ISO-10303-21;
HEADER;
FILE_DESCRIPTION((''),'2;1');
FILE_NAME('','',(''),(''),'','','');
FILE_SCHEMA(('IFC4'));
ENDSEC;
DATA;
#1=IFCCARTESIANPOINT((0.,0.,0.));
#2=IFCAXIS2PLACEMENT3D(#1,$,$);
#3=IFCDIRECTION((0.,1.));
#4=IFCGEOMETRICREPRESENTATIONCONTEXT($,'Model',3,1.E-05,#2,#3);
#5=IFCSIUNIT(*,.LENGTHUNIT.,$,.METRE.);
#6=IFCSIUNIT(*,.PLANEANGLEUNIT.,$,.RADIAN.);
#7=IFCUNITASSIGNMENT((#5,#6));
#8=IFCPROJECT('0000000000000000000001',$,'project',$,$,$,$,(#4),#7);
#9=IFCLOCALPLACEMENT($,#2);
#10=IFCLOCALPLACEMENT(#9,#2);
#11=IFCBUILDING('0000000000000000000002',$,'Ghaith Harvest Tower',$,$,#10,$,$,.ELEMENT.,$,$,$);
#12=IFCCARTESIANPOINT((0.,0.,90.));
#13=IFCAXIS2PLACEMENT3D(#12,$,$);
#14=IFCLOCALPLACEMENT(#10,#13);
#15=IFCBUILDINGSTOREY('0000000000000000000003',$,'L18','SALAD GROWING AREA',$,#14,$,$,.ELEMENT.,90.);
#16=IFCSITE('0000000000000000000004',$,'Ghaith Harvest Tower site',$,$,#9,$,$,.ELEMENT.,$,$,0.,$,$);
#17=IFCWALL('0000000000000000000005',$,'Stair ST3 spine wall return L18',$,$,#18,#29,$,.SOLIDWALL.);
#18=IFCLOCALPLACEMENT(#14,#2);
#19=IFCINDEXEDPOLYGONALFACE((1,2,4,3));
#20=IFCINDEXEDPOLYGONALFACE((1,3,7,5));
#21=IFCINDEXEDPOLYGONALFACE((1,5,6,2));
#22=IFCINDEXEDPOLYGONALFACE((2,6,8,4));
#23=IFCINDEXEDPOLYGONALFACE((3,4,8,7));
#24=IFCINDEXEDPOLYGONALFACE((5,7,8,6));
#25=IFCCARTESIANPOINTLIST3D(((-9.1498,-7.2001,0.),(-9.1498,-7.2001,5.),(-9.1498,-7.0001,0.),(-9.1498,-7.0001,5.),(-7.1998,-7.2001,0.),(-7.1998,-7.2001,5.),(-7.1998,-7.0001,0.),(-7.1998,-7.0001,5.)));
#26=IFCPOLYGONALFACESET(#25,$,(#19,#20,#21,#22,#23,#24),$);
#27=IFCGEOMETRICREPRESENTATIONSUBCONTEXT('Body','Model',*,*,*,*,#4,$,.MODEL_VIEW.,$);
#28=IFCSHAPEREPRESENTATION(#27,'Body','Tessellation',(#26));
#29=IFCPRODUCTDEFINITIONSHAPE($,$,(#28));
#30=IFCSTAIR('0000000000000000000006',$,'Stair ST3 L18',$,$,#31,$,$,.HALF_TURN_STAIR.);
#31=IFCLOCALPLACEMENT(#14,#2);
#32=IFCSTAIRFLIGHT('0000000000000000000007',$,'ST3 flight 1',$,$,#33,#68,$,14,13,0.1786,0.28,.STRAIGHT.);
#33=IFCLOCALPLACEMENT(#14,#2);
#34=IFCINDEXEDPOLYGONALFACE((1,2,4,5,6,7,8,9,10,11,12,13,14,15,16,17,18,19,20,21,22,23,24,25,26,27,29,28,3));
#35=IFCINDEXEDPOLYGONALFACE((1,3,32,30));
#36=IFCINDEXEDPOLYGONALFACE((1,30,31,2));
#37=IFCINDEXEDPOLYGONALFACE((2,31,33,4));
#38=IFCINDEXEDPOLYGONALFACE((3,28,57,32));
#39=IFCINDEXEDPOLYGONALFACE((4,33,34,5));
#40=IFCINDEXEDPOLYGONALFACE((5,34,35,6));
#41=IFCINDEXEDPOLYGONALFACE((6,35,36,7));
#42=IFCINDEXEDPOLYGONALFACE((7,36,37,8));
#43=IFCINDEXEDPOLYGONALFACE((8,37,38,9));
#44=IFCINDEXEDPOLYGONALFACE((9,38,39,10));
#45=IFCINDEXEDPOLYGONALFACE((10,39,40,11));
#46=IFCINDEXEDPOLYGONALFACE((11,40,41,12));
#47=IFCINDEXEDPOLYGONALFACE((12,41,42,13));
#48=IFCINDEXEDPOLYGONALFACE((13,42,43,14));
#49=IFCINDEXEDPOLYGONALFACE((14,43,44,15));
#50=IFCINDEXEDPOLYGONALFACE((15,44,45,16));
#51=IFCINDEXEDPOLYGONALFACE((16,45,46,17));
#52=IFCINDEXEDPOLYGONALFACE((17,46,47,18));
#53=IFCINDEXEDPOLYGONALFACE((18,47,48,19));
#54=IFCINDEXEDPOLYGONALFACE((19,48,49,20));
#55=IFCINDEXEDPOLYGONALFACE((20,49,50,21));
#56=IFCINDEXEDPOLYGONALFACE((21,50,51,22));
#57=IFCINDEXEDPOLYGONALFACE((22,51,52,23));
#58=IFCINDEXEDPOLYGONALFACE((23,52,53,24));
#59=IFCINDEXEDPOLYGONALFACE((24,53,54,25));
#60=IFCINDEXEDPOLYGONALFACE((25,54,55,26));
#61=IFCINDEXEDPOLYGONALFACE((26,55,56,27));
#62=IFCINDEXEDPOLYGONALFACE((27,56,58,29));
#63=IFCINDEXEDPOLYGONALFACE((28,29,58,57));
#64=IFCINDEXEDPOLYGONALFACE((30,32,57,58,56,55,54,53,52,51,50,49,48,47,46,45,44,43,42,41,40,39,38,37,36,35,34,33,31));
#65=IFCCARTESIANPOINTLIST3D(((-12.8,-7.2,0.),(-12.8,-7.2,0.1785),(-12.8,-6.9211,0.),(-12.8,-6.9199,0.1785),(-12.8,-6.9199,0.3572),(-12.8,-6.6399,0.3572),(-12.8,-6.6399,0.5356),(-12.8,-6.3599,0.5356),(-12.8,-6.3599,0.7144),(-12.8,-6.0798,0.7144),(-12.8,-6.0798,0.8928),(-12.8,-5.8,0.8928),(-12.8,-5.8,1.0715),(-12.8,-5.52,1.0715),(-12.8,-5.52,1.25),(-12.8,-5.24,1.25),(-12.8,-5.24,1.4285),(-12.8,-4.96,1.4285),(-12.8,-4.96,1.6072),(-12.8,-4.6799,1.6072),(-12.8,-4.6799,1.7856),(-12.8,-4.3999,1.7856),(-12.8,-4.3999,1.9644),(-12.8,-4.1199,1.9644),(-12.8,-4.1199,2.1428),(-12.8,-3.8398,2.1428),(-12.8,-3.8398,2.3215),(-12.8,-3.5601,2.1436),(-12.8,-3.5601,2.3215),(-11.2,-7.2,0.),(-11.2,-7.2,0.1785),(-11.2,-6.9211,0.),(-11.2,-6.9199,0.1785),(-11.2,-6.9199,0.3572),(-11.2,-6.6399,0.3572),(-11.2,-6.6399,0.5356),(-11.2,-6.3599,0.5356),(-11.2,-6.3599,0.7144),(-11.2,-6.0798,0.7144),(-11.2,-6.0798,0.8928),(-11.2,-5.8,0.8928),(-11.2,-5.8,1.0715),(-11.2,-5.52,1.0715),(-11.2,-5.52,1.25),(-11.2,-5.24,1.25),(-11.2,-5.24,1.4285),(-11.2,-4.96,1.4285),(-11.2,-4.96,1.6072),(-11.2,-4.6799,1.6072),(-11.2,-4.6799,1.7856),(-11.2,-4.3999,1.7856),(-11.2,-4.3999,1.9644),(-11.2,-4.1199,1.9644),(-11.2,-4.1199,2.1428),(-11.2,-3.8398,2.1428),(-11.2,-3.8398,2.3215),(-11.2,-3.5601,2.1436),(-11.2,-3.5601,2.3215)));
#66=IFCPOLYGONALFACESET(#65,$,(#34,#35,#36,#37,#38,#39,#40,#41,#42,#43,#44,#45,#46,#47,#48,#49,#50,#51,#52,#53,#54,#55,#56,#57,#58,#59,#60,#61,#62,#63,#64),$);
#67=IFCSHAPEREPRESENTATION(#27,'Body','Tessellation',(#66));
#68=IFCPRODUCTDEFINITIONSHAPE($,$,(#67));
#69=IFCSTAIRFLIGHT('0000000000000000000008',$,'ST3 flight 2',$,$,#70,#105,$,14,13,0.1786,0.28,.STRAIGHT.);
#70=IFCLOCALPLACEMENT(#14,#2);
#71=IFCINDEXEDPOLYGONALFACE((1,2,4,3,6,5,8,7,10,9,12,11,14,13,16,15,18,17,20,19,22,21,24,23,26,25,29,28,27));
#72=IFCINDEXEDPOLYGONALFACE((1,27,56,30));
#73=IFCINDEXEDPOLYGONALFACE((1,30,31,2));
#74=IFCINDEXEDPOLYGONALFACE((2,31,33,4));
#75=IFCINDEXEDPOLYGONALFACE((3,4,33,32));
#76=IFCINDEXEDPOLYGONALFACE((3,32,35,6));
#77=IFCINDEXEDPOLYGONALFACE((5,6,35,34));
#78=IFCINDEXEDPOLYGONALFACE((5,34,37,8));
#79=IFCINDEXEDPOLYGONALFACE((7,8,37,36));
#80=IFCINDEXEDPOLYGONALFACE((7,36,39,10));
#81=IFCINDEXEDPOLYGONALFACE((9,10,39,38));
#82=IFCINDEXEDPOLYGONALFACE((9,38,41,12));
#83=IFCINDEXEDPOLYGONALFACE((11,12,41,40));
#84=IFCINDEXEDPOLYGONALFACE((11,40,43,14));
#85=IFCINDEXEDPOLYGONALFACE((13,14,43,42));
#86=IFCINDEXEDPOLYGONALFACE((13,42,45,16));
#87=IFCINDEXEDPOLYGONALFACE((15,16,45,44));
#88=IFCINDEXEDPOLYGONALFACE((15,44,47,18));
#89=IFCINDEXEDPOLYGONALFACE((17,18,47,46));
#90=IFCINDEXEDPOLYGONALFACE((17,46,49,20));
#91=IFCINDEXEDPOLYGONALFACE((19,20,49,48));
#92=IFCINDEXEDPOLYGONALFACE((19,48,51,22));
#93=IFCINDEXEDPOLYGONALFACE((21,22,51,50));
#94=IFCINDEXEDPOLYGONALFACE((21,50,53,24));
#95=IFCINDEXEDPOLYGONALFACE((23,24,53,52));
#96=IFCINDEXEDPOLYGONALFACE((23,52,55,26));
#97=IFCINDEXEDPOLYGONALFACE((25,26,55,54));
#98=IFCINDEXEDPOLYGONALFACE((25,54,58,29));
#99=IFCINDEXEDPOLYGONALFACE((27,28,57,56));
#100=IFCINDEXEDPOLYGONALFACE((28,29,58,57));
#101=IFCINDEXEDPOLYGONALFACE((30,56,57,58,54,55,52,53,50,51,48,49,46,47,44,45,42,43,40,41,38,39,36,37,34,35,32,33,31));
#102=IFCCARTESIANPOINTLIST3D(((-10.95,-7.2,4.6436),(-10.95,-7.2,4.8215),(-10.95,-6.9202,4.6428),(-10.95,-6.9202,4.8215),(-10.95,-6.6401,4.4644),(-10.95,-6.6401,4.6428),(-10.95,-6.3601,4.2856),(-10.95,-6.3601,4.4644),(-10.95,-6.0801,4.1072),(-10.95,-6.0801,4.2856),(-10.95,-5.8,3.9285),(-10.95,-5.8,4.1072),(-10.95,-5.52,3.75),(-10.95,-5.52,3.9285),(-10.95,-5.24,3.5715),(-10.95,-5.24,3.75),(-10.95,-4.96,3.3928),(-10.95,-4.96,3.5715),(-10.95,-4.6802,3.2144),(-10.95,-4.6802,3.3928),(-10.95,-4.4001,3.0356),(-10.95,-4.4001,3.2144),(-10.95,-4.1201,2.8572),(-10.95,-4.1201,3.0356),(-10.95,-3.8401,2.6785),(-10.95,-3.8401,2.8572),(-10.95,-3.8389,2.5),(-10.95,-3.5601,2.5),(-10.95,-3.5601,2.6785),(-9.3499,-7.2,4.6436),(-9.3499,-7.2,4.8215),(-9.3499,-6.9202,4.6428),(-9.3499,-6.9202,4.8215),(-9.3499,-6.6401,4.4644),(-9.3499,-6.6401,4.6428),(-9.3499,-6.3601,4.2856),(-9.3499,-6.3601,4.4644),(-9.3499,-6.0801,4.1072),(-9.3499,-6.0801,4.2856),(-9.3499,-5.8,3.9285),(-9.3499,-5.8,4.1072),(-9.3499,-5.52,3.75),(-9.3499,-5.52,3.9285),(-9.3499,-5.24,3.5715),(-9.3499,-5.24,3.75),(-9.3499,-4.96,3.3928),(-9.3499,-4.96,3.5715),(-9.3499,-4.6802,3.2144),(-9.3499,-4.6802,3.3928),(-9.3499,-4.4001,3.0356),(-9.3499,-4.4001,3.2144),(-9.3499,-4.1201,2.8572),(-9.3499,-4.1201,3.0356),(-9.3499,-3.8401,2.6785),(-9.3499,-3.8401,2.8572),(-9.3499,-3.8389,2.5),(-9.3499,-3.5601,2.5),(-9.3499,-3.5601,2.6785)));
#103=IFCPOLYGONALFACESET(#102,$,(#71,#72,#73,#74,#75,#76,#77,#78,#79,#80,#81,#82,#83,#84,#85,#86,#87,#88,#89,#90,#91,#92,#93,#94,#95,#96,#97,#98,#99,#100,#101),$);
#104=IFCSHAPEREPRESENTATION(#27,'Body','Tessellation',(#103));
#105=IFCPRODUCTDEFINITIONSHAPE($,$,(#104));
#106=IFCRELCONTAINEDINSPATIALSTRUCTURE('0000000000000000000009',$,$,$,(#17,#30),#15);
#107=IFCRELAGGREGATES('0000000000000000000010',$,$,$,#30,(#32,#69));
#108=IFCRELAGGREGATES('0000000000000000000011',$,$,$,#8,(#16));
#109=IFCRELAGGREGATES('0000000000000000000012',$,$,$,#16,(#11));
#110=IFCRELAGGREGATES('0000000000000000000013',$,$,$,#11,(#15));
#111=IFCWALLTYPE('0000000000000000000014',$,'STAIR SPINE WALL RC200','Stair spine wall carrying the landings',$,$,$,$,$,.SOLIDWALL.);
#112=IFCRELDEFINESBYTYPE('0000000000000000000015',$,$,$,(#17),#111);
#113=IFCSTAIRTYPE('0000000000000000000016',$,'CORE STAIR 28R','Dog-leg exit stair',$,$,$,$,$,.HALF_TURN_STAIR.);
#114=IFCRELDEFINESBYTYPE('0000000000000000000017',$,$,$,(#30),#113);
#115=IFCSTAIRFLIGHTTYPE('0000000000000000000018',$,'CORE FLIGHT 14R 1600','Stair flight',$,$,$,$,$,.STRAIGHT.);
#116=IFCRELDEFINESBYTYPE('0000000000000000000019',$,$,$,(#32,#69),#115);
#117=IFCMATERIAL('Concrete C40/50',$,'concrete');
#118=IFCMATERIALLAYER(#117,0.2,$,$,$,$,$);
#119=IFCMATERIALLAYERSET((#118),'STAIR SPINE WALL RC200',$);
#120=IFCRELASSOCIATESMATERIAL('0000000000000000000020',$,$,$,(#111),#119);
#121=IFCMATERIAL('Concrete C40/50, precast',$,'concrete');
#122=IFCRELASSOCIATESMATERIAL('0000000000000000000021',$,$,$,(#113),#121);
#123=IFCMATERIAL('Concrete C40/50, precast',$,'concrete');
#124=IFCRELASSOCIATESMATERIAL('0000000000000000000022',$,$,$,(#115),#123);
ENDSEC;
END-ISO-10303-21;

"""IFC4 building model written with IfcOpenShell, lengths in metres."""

from ifc_helpers import new_model, si_unit, direction, frame, frame_2d, origin, place, context, subcontext, project, spatial, polyline, rectangle, outline, extrude, material, layer, layer_set, type_object, element, aggregate, save


model = new_model("IFC4")

# Units and contexts
model_context = context("Model", 3, precision=1e-05, world=origin(), true_north=direction((0.0, 1.0)))
body_context = subcontext(model_context, "Body", "Model", "MODEL_VIEW")
ifc_project = project(units=[si_unit("LENGTHUNIT", "METRE"), si_unit("PLANEANGLEUNIT", "RADIAN")], contexts=[model_context])

# Site, building, storey
site_placement = place(None, origin())
site = spatial("IfcSite", under=ifc_project, at=site_placement, Name="Ghaith Harvest Tower site", CompositionType="ELEMENT", RefElevation=0.0)
building_placement = place(site_placement, origin())
building = spatial("IfcBuilding", under=site, at=building_placement, Name="Ghaith Harvest Tower", CompositionType="ELEMENT")
storey_placement = place(building_placement, frame((0.0, 0.0, 90.0)))
storey = spatial("IfcBuildingStorey", under=building, at=storey_placement, Name="L18", Description="SALAD GROWING AREA", CompositionType="ELEMENT", Elevation=90.0)

# Wall
ifc_material_1 = material(Name="Concrete C40/50", Category="concrete")
ifc_layer_1 = layer(ifc_material_1, 0.2)
ifc_layer_set_1 = layer_set([ifc_layer_1], Name="STAIR SPINE WALL RC200")
wall_type_1 = type_object("IfcWallType", Name="STAIR SPINE WALL RC200", Description="Stair spine wall carrying the landings", PredefinedType="SOLIDWALL", material=ifc_layer_set_1)
wall_1_placement = place(storey_placement, frame((-9.1499, -7.1001, 0.0), z_axis=(0.0, 0.0, 1.0), x_axis=(1.0, 0.0, 0.0)))
element("IfcWall", 1, at=wall_1_placement, inside=storey, type_object=wall_type_1, Name="Stair ST3 spine wall return L18", PredefinedType="SOLIDWALL", context=body_context, shape_type="SweptSolid", body=[
    extrude(rectangle(XDim=1.95, YDim=0.2, at=frame_2d((0.9751, 0.0))), origin(), (0.0, 0.0, 1.0), 5.0),
])

# Stair, stair flights
ifc_material_2 = material(Name="Concrete C40/50, precast", Category="concrete")
stair_type = type_object("IfcStairType", Name="CORE STAIR 28R", Description="Dog-leg exit stair", PredefinedType="HALF_TURN_STAIR", material=ifc_material_2)
stair_placement = place(storey_placement, origin())
stair = element("IfcStair", 2, at=stair_placement, inside=storey, type_object=stair_type, Name="Stair ST3 L18", PredefinedType="HALF_TURN_STAIR")
ifc_material_3 = material(Name="Concrete C40/50, precast", Category="concrete")
stair_flight_type = type_object("IfcStairFlightType", Name="CORE FLIGHT 14R 1600", Description="Stair flight", PredefinedType="STRAIGHT", material=ifc_material_3)
stair_flight_1_placement = place(storey_placement, frame((-12.0, -7.2, 0.0), z_axis=(0.0, 0.0, 1.0), x_axis=(0.0, 1.0, 0.0)))
stair_flight_1 = element("IfcStairFlight", 3, at=stair_flight_1_placement, type_object=stair_flight_type, Name="ST3 flight 1", NumberOfRisers=14, NumberOfTreads=13, PredefinedType="STRAIGHT", RiserHeight=0.1786, TreadLength=0.28, context=body_context, shape_type="SweptSolid", body=[
    extrude(outline(polyline([(0.0, 0.0), (0.0, 0.1785), (0.28, 0.1785), (0.28, 0.3572), (0.5601, 0.3572), (0.5601, 0.5356), (0.8401, 0.5356), (0.8401, 0.7144), (1.1201, 0.7144), (1.1201, 0.8928), (1.3999, 0.8928), (1.3999, 1.0715), (1.6799, 1.0715), (1.6799, 1.25), (1.96, 1.25), (1.96, 1.4285), (2.24, 1.4285), (2.24, 1.6072), (2.52, 1.6072), (2.52, 1.7856), (2.8, 1.7856), (2.8, 1.9644), (3.0801, 1.9644), (3.0801, 2.1428), (3.3601, 2.1428), (3.3601, 2.3215), (3.6399, 2.3215), (3.6399, 2.5), (3.6399, 2.1436), (0.2788, 0.0), (0.0, 0.0)])), frame((0.0, 0.8, 0.0), z_axis=(0.0, -1.0, 0.0), x_axis=(1.0, 0.0, 0.0)), (0.0, 0.0, 1.0), 1.6001),
])
stair_flight_2_placement = place(storey_placement, frame((-10.1499, -3.5601, 2.5), z_axis=(0.0, 0.0, 1.0), x_axis=(0.0, -1.0, 0.0)))
stair_flight_2 = element("IfcStairFlight", 4, at=stair_flight_2_placement, type_object=stair_flight_type, Name="ST3 flight 2", NumberOfRisers=14, NumberOfTreads=13, PredefinedType="STRAIGHT", RiserHeight=0.1786, TreadLength=0.28, context=body_context, shape_type="SweptSolid", body=[
    extrude(outline(polyline([(0.0, 0.0), (0.0, 0.1785), (0.28, 0.1785), (0.28, 0.3572), (0.5601, 0.3572), (0.5601, 0.5356), (0.8401, 0.5356), (0.8401, 0.7144), (1.1201, 0.7144), (1.1201, 0.8928), (1.3999, 0.8928), (1.3999, 1.0715), (1.6799, 1.0715), (1.6799, 1.25), (1.96, 1.25), (1.96, 1.4285), (2.24, 1.4285), (2.24, 1.6072), (2.52, 1.6072), (2.52, 1.7856), (2.8, 1.7856), (2.8, 1.9644), (3.0801, 1.9644), (3.0801, 2.1428), (3.3601, 2.1428), (3.3601, 2.3215), (3.6399, 2.3215), (3.6399, 2.5), (3.6399, 2.1436), (0.2788, 0.0), (0.0, 0.0)])), frame((0.0, 0.8, 0.0), z_axis=(0.0, -1.0, 0.0), x_axis=(1.0, 0.0, 0.0)), (0.0, 0.0, 1.0), 1.6001),
])
aggregate(stair, [stair_flight_1, stair_flight_2])

save(model, "model.ifc")
